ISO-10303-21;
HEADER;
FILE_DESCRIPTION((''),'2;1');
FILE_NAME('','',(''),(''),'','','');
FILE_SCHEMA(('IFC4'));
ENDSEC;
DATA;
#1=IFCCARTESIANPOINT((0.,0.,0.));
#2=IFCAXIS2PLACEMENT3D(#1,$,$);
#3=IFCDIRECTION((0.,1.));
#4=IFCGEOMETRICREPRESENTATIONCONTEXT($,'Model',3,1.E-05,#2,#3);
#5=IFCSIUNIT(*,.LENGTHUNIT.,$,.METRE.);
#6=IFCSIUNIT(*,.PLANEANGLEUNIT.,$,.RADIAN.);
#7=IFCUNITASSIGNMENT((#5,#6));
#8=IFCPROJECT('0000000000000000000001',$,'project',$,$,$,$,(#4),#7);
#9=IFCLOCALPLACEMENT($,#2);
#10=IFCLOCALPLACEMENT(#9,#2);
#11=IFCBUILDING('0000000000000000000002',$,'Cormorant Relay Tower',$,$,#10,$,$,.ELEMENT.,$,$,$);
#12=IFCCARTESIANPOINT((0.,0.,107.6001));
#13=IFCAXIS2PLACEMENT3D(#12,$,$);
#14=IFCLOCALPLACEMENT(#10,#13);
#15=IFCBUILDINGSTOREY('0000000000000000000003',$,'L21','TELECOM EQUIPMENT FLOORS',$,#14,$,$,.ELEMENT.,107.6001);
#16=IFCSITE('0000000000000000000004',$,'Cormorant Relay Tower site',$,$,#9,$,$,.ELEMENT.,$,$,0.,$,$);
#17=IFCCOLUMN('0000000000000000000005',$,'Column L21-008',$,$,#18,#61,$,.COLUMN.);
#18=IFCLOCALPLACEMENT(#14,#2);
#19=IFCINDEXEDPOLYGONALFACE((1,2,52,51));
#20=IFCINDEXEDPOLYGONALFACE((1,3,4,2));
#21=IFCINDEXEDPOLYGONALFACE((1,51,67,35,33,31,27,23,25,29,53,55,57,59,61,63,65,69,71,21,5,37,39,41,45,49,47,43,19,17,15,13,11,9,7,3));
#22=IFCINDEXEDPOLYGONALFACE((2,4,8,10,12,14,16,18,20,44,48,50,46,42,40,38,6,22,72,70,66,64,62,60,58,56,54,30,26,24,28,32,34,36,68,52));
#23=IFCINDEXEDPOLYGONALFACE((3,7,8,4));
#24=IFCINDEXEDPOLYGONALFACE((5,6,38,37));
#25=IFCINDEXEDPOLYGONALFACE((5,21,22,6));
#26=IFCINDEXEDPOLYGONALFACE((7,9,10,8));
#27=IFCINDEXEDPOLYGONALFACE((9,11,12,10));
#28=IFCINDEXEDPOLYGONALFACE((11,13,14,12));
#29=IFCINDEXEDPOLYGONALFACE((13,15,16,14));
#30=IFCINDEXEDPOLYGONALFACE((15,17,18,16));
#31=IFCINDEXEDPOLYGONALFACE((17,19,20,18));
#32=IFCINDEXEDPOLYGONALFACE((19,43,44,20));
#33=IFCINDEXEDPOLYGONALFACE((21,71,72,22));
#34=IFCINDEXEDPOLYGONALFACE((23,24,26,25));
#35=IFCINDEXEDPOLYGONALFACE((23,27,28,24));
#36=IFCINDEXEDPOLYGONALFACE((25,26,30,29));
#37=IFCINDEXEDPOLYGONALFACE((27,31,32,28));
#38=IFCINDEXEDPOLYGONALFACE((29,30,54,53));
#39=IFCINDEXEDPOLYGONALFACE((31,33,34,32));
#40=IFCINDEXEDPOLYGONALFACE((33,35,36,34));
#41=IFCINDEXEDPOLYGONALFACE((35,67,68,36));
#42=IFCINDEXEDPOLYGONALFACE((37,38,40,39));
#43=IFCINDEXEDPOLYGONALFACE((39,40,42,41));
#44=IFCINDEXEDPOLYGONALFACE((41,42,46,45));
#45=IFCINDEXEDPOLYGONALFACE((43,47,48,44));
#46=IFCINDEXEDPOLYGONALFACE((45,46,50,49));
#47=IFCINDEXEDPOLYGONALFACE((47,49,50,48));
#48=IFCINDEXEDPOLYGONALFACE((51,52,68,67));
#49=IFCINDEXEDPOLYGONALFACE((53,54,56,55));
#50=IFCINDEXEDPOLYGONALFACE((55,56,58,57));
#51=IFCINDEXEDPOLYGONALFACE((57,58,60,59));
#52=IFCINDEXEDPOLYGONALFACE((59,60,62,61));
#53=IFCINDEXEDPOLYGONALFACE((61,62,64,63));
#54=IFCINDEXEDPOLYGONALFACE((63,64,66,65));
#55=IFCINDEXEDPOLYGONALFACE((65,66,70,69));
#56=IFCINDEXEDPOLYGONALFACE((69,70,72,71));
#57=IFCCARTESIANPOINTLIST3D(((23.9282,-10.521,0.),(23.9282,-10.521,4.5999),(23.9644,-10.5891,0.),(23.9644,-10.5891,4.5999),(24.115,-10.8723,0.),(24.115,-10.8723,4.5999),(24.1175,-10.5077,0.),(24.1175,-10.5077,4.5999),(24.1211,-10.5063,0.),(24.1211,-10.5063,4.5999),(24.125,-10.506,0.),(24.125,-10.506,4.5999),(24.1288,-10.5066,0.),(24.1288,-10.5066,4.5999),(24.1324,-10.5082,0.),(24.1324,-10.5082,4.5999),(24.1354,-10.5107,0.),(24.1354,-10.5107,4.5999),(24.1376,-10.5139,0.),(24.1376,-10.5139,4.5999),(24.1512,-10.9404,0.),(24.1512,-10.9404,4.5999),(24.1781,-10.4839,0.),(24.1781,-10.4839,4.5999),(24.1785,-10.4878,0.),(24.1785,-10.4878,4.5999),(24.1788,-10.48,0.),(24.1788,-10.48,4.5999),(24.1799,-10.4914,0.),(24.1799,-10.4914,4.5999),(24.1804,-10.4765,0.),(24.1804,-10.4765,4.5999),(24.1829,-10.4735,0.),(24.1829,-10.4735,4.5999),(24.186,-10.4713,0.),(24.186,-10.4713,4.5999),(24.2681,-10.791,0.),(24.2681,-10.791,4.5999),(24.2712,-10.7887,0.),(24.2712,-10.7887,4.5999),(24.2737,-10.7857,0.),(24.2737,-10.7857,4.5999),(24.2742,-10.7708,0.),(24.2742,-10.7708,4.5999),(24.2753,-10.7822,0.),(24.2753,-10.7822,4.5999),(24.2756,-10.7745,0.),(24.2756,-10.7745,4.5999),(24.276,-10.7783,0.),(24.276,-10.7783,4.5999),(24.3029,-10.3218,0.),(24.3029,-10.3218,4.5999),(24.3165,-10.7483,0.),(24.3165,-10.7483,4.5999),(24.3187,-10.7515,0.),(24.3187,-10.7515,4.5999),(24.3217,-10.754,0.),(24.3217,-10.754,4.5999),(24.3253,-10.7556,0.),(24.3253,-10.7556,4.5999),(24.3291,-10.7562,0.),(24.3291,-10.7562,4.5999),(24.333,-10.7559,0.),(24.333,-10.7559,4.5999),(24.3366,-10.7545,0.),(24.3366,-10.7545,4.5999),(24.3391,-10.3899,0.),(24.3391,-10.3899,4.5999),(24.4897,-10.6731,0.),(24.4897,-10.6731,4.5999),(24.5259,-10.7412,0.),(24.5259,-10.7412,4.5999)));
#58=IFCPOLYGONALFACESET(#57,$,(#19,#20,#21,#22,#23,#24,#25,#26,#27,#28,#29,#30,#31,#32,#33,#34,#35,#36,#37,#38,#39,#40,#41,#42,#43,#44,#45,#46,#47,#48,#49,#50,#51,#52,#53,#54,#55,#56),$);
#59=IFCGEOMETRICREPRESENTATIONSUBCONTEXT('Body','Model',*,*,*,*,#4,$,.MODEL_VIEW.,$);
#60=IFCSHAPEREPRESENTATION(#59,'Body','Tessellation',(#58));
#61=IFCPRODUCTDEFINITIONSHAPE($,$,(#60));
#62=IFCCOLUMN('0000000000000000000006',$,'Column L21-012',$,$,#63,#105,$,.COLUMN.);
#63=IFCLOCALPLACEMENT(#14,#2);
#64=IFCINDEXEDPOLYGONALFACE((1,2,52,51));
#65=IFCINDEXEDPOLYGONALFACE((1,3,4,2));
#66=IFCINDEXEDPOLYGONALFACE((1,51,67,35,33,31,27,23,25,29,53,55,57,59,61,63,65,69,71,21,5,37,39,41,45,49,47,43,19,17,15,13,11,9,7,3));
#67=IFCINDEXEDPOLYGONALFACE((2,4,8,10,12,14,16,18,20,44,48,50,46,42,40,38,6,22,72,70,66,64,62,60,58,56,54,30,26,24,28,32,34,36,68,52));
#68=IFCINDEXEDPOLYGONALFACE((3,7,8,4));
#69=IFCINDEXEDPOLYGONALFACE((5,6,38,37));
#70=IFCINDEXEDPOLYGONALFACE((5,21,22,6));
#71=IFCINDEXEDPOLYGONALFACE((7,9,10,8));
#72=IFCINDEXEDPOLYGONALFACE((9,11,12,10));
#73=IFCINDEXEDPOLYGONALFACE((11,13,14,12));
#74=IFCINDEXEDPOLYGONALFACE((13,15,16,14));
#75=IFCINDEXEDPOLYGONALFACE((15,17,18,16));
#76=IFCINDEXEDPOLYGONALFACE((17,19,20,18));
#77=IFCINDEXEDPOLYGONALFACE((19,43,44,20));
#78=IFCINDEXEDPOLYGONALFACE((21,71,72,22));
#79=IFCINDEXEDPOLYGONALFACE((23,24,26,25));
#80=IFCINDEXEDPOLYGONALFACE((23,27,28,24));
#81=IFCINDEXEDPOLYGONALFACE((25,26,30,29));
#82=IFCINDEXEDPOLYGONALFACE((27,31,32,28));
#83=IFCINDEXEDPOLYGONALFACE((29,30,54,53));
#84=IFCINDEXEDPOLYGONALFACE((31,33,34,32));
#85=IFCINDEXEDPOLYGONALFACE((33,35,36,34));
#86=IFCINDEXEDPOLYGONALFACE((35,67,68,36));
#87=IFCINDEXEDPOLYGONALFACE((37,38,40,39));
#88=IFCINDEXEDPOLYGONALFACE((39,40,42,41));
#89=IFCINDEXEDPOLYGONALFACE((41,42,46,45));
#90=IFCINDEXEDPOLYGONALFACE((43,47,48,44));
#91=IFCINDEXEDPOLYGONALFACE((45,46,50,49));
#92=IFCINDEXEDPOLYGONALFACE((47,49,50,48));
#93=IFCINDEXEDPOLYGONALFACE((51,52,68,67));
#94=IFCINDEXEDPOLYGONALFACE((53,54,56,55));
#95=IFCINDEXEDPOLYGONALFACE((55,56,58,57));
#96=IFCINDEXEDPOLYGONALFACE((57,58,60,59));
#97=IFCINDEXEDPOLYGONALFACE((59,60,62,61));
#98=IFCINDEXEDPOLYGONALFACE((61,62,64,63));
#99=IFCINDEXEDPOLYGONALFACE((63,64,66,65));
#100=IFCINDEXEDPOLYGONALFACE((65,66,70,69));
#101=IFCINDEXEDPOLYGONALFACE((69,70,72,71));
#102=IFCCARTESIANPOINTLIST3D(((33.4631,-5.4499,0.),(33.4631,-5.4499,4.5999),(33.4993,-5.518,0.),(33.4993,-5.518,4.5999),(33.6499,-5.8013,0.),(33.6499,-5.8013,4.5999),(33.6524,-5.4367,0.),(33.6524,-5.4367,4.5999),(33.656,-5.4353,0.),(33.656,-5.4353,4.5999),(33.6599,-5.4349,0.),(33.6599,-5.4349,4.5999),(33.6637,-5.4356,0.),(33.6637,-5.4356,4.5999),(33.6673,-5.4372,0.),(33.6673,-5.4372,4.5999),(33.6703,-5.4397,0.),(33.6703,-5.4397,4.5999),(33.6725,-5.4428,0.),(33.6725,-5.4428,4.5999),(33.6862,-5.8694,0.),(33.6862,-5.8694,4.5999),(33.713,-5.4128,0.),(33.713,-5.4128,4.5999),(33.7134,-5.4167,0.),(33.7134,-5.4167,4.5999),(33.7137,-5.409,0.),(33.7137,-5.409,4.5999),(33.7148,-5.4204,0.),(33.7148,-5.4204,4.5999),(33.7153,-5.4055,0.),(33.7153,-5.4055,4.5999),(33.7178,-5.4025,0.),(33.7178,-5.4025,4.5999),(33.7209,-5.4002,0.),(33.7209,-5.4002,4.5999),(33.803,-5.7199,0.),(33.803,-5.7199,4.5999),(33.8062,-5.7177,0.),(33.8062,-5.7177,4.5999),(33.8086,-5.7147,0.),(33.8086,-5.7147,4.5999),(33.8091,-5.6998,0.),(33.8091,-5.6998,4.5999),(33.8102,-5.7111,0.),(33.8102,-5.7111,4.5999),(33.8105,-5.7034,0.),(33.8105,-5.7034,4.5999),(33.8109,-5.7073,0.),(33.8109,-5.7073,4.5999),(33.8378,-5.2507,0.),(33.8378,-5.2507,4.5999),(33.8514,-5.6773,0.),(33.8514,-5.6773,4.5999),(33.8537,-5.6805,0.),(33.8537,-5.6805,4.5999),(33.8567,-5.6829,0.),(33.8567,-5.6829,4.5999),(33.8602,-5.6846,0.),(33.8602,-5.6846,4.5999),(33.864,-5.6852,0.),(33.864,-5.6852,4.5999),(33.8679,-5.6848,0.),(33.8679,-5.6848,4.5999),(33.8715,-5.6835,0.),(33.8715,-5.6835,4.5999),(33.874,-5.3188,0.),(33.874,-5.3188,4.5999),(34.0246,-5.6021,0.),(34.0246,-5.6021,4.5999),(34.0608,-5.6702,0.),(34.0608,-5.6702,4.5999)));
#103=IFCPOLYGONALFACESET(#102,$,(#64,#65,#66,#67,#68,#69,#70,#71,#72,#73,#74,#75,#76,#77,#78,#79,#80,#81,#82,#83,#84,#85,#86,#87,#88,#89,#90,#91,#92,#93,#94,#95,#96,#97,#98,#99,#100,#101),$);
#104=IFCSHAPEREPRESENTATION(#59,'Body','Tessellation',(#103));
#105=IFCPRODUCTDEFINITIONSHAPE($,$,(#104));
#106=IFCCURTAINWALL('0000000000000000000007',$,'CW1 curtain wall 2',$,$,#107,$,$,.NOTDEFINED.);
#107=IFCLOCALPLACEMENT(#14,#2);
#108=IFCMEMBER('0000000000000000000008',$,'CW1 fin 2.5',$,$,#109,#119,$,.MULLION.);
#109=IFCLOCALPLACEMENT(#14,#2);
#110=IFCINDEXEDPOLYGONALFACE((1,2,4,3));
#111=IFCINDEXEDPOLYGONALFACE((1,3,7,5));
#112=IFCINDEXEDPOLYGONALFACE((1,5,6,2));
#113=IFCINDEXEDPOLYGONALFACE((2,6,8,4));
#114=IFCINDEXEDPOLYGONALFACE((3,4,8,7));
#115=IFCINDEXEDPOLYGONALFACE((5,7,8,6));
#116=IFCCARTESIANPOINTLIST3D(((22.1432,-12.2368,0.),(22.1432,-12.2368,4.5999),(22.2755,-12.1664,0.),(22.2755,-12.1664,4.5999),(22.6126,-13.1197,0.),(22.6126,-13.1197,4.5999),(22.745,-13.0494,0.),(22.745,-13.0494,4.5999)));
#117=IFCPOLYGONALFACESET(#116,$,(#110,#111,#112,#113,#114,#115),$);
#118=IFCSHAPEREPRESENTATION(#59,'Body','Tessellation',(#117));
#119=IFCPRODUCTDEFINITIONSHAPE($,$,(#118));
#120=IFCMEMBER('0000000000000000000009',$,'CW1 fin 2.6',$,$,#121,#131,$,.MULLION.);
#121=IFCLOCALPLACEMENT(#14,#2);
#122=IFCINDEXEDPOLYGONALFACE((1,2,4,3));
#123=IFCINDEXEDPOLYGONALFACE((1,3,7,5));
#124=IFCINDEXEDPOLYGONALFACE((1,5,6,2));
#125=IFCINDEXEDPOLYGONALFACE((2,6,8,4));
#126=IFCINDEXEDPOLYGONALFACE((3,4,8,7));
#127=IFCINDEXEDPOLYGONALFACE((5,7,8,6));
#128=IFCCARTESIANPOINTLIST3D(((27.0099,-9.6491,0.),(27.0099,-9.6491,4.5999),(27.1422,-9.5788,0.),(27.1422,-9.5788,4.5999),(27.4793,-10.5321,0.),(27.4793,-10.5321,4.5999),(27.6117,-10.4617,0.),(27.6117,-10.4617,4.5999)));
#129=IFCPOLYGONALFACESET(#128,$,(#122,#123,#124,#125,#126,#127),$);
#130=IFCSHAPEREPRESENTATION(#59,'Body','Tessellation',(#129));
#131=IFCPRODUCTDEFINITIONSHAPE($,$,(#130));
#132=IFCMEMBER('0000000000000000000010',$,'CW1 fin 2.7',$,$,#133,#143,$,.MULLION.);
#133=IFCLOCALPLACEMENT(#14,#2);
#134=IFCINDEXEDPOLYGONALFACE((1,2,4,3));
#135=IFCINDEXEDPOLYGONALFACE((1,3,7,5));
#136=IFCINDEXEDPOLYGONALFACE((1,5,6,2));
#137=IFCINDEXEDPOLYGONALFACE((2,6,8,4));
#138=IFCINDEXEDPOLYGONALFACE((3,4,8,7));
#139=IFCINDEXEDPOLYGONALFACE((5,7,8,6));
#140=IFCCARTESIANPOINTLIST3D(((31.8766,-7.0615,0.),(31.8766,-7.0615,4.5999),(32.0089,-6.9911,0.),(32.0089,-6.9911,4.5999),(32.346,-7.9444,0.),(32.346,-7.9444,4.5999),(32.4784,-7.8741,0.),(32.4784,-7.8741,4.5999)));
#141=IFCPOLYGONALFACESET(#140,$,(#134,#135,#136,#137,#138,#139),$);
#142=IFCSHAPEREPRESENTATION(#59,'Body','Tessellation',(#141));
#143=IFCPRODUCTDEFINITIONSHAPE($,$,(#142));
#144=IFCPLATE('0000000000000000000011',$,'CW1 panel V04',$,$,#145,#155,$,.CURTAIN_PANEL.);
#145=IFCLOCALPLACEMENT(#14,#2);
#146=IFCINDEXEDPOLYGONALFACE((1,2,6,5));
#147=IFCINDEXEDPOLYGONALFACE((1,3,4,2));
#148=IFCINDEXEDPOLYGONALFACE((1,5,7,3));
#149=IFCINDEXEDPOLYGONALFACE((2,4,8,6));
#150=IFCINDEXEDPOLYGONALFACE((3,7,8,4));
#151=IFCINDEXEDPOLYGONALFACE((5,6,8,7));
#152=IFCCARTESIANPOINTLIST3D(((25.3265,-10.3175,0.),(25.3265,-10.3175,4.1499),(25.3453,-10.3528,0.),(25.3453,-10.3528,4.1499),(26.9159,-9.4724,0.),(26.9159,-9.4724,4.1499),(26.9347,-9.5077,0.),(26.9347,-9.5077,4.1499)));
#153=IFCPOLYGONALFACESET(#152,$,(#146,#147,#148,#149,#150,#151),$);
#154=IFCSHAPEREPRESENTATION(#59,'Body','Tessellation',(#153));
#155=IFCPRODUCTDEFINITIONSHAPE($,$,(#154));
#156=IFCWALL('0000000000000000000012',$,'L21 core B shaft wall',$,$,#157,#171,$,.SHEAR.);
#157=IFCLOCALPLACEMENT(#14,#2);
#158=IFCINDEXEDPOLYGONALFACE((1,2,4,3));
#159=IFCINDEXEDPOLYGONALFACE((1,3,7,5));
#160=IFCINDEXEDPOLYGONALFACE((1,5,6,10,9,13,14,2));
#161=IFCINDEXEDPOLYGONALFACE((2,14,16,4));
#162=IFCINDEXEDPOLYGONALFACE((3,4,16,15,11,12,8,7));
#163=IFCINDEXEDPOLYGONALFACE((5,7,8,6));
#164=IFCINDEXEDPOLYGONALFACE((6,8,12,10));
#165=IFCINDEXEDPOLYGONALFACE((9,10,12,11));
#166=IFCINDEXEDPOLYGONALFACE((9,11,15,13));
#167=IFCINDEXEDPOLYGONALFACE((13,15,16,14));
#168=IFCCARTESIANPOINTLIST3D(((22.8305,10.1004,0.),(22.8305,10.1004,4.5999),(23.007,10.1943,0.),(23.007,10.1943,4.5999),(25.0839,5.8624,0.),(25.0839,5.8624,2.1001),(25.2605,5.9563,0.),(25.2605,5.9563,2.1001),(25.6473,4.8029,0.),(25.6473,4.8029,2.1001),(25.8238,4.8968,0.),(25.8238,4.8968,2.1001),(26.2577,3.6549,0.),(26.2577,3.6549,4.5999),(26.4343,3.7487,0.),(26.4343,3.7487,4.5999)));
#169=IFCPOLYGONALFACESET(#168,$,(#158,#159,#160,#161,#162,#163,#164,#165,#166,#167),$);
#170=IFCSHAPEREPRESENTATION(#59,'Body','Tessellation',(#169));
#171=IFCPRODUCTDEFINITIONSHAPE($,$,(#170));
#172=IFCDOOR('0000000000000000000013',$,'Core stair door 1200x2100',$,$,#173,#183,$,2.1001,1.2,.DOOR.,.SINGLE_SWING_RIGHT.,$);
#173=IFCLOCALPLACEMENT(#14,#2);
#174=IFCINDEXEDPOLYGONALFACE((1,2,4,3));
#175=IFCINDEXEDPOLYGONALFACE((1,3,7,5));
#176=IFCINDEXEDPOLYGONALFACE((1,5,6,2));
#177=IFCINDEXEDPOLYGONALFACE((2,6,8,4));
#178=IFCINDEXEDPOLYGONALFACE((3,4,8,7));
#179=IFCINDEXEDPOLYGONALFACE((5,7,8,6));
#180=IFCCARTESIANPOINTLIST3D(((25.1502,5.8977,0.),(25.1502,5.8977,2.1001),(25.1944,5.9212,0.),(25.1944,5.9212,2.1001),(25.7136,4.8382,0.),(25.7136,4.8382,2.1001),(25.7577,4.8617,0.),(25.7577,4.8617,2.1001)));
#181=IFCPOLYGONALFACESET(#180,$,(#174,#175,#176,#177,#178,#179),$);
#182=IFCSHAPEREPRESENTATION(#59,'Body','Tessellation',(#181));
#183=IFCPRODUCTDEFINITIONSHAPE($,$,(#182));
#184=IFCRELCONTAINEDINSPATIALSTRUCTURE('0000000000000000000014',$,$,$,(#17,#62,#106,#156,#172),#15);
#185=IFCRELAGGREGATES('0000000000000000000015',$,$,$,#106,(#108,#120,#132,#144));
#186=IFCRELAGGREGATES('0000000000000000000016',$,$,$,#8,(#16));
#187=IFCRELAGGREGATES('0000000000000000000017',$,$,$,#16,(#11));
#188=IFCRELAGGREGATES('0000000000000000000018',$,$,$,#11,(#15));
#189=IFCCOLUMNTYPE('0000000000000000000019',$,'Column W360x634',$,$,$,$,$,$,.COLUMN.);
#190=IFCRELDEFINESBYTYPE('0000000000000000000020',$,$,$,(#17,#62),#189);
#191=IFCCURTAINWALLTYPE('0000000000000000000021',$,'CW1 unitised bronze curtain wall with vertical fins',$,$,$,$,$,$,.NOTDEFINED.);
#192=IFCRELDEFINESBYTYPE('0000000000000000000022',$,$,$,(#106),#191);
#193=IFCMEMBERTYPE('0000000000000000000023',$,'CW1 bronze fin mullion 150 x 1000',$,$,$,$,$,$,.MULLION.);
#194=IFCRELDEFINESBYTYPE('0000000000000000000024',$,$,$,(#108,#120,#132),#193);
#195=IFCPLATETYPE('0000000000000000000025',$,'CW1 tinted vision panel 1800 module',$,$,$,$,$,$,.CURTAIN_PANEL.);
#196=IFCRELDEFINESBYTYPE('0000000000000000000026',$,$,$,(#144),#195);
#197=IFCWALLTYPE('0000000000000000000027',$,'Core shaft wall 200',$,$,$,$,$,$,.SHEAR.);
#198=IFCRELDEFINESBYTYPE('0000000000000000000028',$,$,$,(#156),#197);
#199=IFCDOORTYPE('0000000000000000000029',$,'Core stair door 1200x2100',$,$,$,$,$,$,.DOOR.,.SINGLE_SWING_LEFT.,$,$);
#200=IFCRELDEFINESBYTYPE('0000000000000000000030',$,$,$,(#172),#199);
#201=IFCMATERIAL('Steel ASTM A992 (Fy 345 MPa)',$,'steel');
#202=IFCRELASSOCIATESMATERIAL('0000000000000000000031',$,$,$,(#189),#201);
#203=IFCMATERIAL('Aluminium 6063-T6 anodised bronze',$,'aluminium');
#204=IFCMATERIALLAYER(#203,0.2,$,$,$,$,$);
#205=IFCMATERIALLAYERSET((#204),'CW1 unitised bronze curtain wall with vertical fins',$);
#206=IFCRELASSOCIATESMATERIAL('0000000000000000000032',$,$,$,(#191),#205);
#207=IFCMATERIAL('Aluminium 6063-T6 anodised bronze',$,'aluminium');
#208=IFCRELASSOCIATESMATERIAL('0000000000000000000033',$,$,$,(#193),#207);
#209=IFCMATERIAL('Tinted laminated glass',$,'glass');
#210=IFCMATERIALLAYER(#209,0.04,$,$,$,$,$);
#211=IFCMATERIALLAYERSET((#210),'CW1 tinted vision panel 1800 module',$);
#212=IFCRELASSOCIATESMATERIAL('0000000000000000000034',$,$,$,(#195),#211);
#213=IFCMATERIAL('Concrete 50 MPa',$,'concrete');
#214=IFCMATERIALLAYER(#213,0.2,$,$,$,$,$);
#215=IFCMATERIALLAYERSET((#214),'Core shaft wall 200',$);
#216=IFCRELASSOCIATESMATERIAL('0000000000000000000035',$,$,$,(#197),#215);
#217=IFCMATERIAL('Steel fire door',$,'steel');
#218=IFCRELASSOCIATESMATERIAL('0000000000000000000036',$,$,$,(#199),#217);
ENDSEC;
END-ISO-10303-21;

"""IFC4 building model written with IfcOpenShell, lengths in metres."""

from ifc_helpers import new_model, si_unit, direction, frame, frame_2d, origin, origin_2d, place, context, subcontext, project, spatial, rectangle, i_section, extrude, material, layer, layer_set, material_profile, profile_set, type_object, element, fill, aggregate, save


model = new_model("IFC4")

# Units and contexts
model_context = context("Model", 3, precision=1e-05, world=origin(), true_north=direction((0.0, 1.0)))
body_context = subcontext(model_context, "Body", "Model", "MODEL_VIEW")
ifc_project = project(units=[si_unit("LENGTHUNIT", "METRE"), si_unit("PLANEANGLEUNIT", "RADIAN")], contexts=[model_context])

# Site, building, storey
site_placement = place(None, origin())
site = spatial("IfcSite", under=ifc_project, at=site_placement, Name="Cormorant Relay Tower site", CompositionType="ELEMENT", RefElevation=0.0)
building_placement = place(site_placement, origin())
building = spatial("IfcBuilding", under=site, at=building_placement, Name="Cormorant Relay Tower", CompositionType="ELEMENT")
storey_placement = place(building_placement, frame((0.0, 0.0, 107.6001)))
storey = spatial("IfcBuildingStorey", under=building, at=storey_placement, Name="L21", Description="TELECOM EQUIPMENT FLOORS", CompositionType="ELEMENT", Elevation=107.6001)

# Columns
ifc_material_1 = material(Name="Steel ASTM A992 (Fy 345 MPa)", Category="steel")
ifc_material_profile_1 = material_profile(ifc_material_1, i_section(OverallWidth=0.4243, OverallDepth=0.4751, WebThickness=0.0479, FlangeThickness=0.0771, FilletRadius=0.0149, at=origin_2d()), Name="W360x634")
ifc_profile_set_1 = profile_set([ifc_material_profile_1], Name="Steel ASTM A992 (Fy 345 MPa)")
column_type = type_object("IfcColumnType", Name="Column W360x634", PredefinedType="COLUMN", material=ifc_profile_set_1)
for number, where, z_axis, x_axis, name in (
    (1, (24.2271, -10.6311, 0.0), (0.0, 0.0, 1.0), (0.882948, 0.469472, 0.0), "Column L21-008"),
    (2, (33.762, -5.5601, 0.0), (0.0, 0.0, 1.0), (0.882948, 0.469472, 0.0), "Column L21-012"),
):
    element("IfcColumn", number, at=place(storey_placement, frame(where, z_axis=z_axis, x_axis=x_axis)), inside=storey, type_object=column_type, Name=name, PredefinedType="COLUMN", context=body_context, shape_type="SweptSolid", body=[
        extrude(i_section(OverallWidth=0.4243, OverallDepth=0.4751, WebThickness=0.0479, FlangeThickness=0.0771, FilletRadius=0.0149, at=origin_2d()), origin(), (0.0, 0.0, 1.0), 4.5999),
    ])

# Curtain wall, members, plate
ifc_material_2 = material(Name="Aluminium 6063-T6 anodised bronze", Category="aluminium")
ifc_layer_1 = layer(ifc_material_2, 0.2)
ifc_layer_set_1 = layer_set([ifc_layer_1], Name="CW1 unitised bronze curtain wall with vertical fins")
curtain_wall_type = type_object("IfcCurtainWallType", Name="CW1 unitised bronze curtain wall with vertical fins", PredefinedType="NOTDEFINED", material=ifc_layer_set_1)
curtain_wall_placement = place(storey_placement, origin())
curtain_wall = element("IfcCurtainWall", 3, at=curtain_wall_placement, inside=storey, type_object=curtain_wall_type, Name="CW1 curtain wall 2", PredefinedType="NOTDEFINED")
ifc_material_3 = material(Name="Aluminium 6063-T6 anodised bronze", Category="aluminium")
ifc_material_profile_2 = material_profile(ifc_material_3, rectangle(XDim=0.1499, YDim=1.0, at=origin_2d()), Name="AL 150x1000")
ifc_profile_set_2 = profile_set([ifc_material_profile_2], Name="Aluminium 6063-T6 anodised bronze")
member_type = type_object("IfcMemberType", Name="CW1 bronze fin mullion 150 x 1000", PredefinedType="MULLION", material=ifc_profile_set_2)
member_1_placement = place(storey_placement, frame((22.4441, -12.6431, 0.0), z_axis=(0.0, 0.0, 1.0), x_axis=(0.882948, 0.469472, 0.0)))
member_1 = element("IfcMember", 4, at=member_1_placement, type_object=member_type, Name="CW1 fin 2.5", PredefinedType="MULLION", context=body_context, shape_type="SweptSolid", body=[
    extrude(rectangle(XDim=0.1499, YDim=1.0, at=origin_2d()), origin(), (0.0, 0.0, 1.0), 4.5999),
])
member_2_placement = place(storey_placement, frame((27.3108, -10.0554, 0.0), z_axis=(0.0, 0.0, 1.0), x_axis=(0.882948, 0.469472, 0.0)))
member_2 = element("IfcMember", 5, at=member_2_placement, type_object=member_type, Name="CW1 fin 2.6", PredefinedType="MULLION", context=body_context, shape_type="SweptSolid", body=[
    extrude(rectangle(XDim=0.1499, YDim=1.0, at=origin_2d()), origin(), (0.0, 0.0, 1.0), 4.5999),
])
member_3_placement = place(storey_placement, frame((32.1775, -7.4678, 0.0), z_axis=(0.0, 0.0, 1.0), x_axis=(0.882948, 0.469472, 0.0)))
member_3 = element("IfcMember", 6, at=member_3_placement, type_object=member_type, Name="CW1 fin 2.7", PredefinedType="MULLION", context=body_context, shape_type="SweptSolid", body=[
    extrude(rectangle(XDim=0.1499, YDim=1.0, at=origin_2d()), origin(), (0.0, 0.0, 1.0), 4.5999),
])
ifc_material_4 = material(Name="Tinted laminated glass", Category="glass")
ifc_layer_2 = layer(ifc_material_4, 0.04)
ifc_layer_set_2 = layer_set([ifc_layer_2], Name="CW1 tinted vision panel 1800 module")
plate_type = type_object("IfcPlateType", Name="CW1 tinted vision panel 1800 module", PredefinedType="CURTAIN_PANEL", material=ifc_layer_set_2)
plate_placement = place(storey_placement, frame((26.1306, -9.9126, 0.0), z_axis=(0.0, 0.0, 1.0), x_axis=(0.882948, 0.469472, 0.0)))
plate = element("IfcPlate", 7, at=plate_placement, type_object=plate_type, Name="CW1 panel V04", PredefinedType="CURTAIN_PANEL", context=body_context, shape_type="SweptSolid", body=[
    extrude(rectangle(XDim=1.8, YDim=0.04, at=origin_2d()), origin(), (0.0, 0.0, 1.0), 4.1499),
])

# Wall, opening, door
ifc_material_5 = material(Name="Concrete 50 MPa", Category="concrete")
ifc_layer_3 = layer(ifc_material_5, 0.2)
ifc_layer_set_3 = layer_set([ifc_layer_3], Name="Core shaft wall 200")
wall_type_1 = type_object("IfcWallType", Name="Core shaft wall 200", PredefinedType="SHEAR", material=ifc_layer_set_3)
wall_1_placement = place(storey_placement, frame((26.3459, 3.7019, 0.0), z_axis=(0.0, 0.0, 1.0), x_axis=(-0.46948, 0.882943, 0.0)))
wall_1 = element("IfcWall", 8, at=wall_1_placement, inside=storey, type_object=wall_type_1, Name="L21 core B shaft wall", PredefinedType="SHEAR", context=body_context, shape_type="SweptSolid", body=[
    extrude(rectangle(XDim=7.3, YDim=0.2, at=frame_2d((3.6499, 0.0))), origin(), (0.0, 0.0, 1.0), 4.5999),
])
opening_1_placement = place(wall_1_placement, frame((1.3, 0.0, 0.0)))
opening_1 = element("IfcOpeningElement", 9, at=opening_1_placement, cuts=wall_1, PredefinedType="OPENING", context=body_context, shape_type="SweptSolid", body=[
    extrude(rectangle(XDim=1.2, YDim=2.1001, at=frame_2d((0.6001, 1.05))), frame((0.0, 0.1099, 0.0), z_axis=(0.0, -1.0, 0.0), x_axis=(1.0, 0.0, 0.0)), (0.0, 0.0, 1.0), 0.22),
])
ifc_material_6 = material(Name="Steel fire door", Category="steel")
door_type_1 = type_object("IfcDoorType", Name="Core stair door 1200x2100", OperationType="SINGLE_SWING_LEFT", PredefinedType="DOOR", material=ifc_material_6)
door_1_placement = place(opening_1_placement, origin())
door_1 = element("IfcDoor", 10, at=door_1_placement, inside=storey, type_object=door_type_1, Name="Core stair door 1200x2100", OperationType="SINGLE_SWING_RIGHT", OverallHeight=2.1001, OverallWidth=1.2, PredefinedType="DOOR", context=body_context, shape_type="SweptSolid", body=[
    extrude(rectangle(XDim=1.2, YDim=2.1001, at=frame_2d((0.6001, 1.05))), frame((0.0, 0.0249, 0.0), z_axis=(0.0, -1.0, 0.0), x_axis=(1.0, 0.0, 0.0)), (0.0, 0.0, 1.0), 0.05),
])
fill(opening_1, door_1)

aggregate(curtain_wall, [member_1, member_2, member_3, plate])

save(model, "model.ifc")
